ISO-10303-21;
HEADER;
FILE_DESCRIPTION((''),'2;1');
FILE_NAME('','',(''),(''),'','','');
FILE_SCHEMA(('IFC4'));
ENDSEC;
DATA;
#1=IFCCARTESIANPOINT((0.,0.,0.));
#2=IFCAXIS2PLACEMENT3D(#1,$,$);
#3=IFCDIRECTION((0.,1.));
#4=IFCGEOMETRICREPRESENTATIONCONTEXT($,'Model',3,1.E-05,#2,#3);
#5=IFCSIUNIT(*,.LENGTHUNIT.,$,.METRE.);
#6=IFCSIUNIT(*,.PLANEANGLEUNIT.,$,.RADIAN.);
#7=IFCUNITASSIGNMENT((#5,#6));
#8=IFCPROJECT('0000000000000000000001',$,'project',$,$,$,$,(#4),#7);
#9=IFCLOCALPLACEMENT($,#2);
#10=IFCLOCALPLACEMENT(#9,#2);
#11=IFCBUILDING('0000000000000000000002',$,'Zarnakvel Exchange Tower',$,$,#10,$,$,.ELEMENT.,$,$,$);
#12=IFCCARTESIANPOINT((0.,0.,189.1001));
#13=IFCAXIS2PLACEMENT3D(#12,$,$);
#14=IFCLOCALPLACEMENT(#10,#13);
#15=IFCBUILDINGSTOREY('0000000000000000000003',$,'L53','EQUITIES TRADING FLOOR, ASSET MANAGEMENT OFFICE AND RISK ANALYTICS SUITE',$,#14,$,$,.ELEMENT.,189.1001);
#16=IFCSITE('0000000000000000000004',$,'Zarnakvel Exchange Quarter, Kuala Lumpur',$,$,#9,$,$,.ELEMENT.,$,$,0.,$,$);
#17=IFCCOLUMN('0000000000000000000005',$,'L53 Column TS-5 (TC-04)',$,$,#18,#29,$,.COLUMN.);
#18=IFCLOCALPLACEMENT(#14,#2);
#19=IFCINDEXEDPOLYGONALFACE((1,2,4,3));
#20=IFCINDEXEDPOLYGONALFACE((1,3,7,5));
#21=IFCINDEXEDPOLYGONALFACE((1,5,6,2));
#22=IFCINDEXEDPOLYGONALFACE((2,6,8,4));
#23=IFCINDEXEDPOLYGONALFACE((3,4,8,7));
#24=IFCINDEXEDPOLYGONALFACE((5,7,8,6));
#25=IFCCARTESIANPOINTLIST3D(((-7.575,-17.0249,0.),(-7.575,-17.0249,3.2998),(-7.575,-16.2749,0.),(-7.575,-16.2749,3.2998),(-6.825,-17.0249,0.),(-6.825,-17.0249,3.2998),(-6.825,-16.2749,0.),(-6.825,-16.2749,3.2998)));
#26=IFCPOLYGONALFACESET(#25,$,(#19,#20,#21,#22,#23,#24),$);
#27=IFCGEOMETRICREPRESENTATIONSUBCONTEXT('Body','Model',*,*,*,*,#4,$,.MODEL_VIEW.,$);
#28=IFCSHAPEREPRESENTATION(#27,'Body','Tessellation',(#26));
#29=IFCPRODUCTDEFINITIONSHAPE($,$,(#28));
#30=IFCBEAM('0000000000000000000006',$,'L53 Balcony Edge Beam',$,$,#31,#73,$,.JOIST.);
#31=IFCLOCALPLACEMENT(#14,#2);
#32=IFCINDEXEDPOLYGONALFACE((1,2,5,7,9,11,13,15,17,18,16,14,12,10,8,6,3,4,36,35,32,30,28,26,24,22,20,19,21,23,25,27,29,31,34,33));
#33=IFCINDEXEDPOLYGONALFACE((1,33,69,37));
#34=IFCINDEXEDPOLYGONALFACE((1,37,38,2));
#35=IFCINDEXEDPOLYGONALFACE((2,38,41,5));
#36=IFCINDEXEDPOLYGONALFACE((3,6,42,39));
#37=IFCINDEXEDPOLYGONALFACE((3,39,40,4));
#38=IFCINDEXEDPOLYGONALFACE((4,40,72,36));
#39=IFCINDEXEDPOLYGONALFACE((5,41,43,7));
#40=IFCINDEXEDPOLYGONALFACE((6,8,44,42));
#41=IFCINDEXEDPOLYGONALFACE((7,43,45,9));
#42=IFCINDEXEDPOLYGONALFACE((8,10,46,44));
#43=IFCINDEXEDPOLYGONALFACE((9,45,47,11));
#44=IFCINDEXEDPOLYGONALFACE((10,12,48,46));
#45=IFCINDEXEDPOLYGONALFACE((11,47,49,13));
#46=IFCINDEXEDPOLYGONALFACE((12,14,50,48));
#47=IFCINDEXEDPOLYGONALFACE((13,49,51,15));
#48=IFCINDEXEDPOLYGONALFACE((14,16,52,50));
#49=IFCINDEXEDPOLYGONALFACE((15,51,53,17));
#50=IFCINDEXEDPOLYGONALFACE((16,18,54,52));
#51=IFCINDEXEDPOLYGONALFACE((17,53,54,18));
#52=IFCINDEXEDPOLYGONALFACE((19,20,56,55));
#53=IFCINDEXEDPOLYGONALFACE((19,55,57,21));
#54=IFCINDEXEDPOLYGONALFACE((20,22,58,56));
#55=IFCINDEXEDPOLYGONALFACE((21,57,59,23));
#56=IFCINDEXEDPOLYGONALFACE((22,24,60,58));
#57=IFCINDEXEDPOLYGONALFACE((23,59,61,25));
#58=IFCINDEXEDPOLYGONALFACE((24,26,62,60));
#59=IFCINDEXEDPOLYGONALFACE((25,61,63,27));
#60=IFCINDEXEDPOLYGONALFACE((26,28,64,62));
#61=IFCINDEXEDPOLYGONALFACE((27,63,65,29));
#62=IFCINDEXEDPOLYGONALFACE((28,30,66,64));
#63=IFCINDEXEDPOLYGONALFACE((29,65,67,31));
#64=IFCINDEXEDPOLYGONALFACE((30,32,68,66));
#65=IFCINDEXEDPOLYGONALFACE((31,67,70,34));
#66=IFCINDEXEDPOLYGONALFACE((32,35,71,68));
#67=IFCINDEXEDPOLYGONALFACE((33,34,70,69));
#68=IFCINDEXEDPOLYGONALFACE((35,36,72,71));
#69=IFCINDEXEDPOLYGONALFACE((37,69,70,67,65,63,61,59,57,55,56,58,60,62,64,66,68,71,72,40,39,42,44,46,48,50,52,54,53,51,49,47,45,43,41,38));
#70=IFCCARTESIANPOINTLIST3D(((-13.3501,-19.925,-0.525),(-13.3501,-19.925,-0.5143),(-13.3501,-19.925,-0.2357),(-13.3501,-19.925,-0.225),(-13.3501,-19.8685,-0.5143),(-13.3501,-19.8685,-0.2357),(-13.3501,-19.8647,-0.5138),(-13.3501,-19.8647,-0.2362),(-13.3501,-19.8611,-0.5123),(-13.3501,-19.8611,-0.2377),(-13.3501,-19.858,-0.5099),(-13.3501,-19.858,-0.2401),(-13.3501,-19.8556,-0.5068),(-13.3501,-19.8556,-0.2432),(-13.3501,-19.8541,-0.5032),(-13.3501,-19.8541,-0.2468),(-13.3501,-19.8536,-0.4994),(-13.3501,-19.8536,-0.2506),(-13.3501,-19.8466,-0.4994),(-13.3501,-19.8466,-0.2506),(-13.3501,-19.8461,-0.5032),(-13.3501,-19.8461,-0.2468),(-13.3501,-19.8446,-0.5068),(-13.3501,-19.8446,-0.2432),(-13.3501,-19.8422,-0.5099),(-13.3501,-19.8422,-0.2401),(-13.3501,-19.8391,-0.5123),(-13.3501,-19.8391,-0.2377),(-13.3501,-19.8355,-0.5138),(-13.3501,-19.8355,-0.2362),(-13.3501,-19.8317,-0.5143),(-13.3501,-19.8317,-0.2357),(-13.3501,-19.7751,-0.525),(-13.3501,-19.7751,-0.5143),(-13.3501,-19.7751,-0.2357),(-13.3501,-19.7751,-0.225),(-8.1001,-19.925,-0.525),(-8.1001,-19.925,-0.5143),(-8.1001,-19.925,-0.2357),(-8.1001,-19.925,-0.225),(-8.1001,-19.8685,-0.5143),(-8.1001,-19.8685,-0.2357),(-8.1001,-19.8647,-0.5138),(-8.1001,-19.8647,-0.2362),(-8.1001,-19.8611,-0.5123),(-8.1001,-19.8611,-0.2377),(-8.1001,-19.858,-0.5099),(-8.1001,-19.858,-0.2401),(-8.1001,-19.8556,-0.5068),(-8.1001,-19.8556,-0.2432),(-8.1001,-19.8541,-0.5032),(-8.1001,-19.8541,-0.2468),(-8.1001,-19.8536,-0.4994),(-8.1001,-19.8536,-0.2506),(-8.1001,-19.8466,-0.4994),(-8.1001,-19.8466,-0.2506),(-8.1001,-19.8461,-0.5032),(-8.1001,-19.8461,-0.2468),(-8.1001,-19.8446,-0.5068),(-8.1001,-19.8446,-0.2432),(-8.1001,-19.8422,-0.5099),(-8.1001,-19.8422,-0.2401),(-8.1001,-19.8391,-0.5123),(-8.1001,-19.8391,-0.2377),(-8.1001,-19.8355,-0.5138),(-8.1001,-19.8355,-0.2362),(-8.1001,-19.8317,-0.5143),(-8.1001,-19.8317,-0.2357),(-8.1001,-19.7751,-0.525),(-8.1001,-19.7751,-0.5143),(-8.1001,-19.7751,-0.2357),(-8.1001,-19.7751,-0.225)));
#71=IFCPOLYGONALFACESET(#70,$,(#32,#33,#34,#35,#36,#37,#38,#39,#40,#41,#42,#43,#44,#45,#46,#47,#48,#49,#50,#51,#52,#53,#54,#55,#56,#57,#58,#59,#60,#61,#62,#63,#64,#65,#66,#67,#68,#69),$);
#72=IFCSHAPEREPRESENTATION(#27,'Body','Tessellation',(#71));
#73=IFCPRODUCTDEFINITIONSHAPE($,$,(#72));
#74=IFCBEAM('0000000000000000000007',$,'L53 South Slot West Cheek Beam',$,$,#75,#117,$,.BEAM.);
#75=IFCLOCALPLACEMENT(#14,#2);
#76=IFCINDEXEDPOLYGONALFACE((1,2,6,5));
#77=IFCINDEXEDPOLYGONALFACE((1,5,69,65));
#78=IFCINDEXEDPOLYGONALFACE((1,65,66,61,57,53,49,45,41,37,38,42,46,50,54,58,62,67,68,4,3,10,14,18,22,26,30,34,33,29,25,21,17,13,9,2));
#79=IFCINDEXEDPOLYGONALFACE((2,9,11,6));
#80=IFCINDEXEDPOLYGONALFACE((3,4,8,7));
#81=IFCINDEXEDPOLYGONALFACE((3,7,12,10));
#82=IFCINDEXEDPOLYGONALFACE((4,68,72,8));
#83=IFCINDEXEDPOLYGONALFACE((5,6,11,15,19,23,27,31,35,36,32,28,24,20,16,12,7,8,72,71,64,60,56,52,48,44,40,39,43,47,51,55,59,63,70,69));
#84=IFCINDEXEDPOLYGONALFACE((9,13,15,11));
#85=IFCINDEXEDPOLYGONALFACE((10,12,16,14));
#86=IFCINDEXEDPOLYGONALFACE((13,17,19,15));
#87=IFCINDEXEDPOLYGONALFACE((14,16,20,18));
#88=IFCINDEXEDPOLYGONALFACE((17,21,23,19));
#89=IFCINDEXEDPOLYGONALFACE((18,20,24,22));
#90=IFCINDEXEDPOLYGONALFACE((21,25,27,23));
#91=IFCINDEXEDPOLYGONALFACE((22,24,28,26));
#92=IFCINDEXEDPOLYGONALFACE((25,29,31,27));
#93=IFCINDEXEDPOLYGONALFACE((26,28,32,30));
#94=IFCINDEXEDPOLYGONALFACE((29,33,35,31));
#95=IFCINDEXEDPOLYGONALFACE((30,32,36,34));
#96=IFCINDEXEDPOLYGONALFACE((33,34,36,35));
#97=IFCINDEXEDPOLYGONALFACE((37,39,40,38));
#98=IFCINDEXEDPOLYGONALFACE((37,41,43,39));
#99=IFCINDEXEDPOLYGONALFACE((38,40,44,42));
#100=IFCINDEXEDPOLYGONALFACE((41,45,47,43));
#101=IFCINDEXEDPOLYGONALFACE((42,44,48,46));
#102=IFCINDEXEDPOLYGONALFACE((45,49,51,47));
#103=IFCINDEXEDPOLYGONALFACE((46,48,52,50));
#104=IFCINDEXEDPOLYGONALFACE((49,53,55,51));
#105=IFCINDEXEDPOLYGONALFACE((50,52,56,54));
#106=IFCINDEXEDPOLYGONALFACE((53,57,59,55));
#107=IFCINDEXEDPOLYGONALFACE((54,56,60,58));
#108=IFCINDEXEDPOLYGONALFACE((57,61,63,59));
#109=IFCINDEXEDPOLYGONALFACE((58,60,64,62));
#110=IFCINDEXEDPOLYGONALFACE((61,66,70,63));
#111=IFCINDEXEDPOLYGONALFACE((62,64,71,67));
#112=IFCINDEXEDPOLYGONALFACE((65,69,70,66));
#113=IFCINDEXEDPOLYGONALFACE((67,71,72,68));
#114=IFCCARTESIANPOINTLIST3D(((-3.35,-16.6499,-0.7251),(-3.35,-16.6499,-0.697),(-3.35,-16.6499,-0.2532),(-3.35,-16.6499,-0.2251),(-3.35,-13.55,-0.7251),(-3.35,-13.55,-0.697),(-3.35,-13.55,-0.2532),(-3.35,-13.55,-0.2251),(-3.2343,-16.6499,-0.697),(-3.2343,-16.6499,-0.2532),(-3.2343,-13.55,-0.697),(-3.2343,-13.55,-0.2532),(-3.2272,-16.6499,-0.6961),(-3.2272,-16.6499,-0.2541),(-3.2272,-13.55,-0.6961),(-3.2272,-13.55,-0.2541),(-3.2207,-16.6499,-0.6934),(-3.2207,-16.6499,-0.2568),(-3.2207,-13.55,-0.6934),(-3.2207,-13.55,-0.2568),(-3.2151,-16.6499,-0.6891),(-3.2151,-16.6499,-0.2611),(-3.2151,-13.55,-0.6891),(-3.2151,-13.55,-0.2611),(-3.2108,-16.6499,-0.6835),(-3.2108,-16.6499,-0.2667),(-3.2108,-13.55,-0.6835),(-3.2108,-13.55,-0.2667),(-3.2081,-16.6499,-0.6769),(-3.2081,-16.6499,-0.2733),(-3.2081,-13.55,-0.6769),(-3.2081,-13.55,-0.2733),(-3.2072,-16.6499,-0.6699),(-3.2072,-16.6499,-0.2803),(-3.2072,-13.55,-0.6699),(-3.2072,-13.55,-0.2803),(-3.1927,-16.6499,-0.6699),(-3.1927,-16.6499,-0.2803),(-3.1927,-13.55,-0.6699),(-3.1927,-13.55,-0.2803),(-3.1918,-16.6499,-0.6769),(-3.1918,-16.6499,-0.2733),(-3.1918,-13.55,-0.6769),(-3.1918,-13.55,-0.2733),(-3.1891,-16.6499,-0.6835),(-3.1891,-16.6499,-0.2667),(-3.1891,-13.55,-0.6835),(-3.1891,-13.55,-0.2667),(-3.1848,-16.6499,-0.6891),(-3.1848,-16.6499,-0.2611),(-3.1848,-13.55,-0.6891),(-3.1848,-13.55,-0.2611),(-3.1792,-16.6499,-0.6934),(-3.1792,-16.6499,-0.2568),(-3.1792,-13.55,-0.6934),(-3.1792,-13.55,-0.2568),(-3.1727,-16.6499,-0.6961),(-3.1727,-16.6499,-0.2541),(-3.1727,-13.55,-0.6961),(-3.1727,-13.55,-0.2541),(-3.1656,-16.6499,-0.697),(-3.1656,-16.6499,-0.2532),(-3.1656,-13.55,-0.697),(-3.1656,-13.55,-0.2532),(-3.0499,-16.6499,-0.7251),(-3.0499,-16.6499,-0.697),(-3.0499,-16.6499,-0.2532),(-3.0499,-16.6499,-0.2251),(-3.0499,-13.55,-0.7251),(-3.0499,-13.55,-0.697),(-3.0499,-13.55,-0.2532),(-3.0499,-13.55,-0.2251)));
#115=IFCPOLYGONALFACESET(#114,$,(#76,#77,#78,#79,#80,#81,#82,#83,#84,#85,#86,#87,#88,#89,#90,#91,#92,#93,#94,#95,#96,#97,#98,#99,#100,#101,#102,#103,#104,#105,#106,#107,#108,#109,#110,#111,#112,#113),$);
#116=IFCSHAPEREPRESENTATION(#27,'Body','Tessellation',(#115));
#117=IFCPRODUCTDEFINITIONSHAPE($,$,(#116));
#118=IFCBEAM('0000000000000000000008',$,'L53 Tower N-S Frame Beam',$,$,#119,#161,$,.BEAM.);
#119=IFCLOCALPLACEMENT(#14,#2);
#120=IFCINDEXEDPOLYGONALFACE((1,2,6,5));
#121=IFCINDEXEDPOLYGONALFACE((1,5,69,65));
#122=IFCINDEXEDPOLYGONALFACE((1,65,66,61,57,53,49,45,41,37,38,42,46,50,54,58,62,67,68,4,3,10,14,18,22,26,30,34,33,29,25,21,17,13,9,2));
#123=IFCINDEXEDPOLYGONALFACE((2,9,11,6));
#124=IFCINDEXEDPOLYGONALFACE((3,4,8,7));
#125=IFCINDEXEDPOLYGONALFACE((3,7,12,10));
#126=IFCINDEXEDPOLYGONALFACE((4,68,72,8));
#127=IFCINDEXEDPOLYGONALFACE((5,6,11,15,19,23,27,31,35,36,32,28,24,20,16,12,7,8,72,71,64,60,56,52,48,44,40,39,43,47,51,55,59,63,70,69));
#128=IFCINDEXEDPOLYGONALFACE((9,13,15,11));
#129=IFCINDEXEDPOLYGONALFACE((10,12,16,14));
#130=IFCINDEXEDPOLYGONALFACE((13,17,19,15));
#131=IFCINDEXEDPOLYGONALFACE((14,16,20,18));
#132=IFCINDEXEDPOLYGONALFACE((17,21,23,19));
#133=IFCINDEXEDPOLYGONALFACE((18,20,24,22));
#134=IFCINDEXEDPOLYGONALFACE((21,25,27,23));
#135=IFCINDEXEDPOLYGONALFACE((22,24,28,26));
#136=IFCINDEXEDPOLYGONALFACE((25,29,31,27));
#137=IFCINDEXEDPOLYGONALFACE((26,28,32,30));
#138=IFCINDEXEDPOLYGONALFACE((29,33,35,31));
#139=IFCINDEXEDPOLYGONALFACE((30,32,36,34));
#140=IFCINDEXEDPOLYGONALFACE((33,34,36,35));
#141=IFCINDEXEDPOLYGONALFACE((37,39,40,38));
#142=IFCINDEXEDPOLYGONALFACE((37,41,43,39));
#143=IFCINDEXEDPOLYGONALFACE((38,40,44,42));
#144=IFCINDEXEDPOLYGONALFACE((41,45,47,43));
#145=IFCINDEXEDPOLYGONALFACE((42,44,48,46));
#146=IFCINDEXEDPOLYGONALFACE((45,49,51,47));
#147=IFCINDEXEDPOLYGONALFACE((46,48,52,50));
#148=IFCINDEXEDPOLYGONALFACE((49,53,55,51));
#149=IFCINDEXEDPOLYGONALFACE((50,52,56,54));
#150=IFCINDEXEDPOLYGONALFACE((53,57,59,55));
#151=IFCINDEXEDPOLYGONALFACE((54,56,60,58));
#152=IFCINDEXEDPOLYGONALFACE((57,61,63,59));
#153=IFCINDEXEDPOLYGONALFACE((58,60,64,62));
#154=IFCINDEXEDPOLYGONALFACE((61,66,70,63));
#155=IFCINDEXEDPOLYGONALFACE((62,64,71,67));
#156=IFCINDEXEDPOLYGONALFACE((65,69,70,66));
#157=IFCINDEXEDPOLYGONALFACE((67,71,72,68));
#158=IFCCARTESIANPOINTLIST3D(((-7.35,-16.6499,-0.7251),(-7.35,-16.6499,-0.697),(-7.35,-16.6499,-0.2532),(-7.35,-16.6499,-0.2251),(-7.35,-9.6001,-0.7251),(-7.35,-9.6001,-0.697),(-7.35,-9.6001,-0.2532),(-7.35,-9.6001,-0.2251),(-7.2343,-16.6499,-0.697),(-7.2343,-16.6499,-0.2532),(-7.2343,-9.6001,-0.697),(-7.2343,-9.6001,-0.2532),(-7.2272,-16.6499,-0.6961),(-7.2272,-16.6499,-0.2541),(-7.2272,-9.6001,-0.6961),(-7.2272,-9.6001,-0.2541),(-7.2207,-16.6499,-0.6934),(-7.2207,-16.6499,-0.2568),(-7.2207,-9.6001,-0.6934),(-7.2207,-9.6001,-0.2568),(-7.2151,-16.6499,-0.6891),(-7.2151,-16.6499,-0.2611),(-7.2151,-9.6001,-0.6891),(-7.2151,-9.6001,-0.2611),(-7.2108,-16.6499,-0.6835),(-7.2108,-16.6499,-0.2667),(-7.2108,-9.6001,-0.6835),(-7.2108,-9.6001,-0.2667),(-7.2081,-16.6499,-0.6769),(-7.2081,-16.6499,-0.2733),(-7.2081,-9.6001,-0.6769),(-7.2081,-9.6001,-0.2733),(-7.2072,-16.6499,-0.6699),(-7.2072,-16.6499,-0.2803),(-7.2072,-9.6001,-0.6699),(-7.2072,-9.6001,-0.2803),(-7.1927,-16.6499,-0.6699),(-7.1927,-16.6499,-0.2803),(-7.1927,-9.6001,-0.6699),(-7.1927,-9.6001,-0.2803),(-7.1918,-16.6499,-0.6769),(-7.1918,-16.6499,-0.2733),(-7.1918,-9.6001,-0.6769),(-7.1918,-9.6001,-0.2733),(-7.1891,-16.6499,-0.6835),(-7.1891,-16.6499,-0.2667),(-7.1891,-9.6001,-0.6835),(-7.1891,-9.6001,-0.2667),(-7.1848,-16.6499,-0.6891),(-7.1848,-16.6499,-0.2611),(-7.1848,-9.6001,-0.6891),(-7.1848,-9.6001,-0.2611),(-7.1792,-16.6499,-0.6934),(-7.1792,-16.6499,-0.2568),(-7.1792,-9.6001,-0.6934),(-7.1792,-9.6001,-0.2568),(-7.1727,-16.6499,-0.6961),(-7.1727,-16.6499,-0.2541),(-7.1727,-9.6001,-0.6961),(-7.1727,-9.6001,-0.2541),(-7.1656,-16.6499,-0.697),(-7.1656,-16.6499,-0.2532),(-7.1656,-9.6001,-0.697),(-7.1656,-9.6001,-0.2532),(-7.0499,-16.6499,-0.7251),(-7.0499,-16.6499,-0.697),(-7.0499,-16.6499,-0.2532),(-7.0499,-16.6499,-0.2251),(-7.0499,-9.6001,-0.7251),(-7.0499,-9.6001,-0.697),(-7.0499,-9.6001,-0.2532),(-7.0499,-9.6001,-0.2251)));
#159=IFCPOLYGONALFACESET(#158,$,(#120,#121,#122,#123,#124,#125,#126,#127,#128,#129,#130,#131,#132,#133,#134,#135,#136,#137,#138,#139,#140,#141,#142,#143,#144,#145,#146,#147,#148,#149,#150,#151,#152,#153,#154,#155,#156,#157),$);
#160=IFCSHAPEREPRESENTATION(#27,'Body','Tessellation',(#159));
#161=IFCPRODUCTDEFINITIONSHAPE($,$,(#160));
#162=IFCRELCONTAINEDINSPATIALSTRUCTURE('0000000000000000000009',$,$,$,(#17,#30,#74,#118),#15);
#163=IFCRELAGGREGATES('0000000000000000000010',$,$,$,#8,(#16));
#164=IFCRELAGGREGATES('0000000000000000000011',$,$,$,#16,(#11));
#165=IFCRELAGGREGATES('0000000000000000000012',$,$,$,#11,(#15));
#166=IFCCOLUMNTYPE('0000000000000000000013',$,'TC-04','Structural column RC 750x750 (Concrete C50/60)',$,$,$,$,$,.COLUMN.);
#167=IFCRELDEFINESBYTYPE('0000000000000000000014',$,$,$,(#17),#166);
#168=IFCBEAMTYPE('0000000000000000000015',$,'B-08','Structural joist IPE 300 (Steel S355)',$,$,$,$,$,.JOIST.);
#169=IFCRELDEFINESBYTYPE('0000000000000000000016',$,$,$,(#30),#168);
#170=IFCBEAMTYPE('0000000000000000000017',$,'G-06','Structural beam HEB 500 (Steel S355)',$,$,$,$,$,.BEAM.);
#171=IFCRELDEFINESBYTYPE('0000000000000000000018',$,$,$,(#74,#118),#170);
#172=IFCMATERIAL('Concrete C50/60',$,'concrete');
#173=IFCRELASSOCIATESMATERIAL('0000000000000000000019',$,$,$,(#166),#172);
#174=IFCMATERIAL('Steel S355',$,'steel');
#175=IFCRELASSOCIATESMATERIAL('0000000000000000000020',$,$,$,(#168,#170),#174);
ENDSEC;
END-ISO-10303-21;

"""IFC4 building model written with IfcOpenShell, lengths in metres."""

from ifc_helpers import new_model, si_unit, direction, frame, origin, origin_2d, place, context, subcontext, project, spatial, rectangle, i_section, extrude, material, material_profile, profile_set, type_object, element, save


model = new_model("IFC4")

# Units and contexts
model_context = context("Model", 3, precision=1e-05, world=origin(), true_north=direction((0.0, 1.0)))
body_context = subcontext(model_context, "Body", "Model", "MODEL_VIEW")
ifc_project = project(units=[si_unit("LENGTHUNIT", "METRE"), si_unit("PLANEANGLEUNIT", "RADIAN")], contexts=[model_context])

# Site, building, storey
site_placement = place(None, origin())
site = spatial("IfcSite", under=ifc_project, at=site_placement, Name="Zarnakvel Exchange Quarter, Kuala Lumpur", CompositionType="ELEMENT", RefElevation=0.0)
building_placement = place(site_placement, origin())
building = spatial("IfcBuilding", under=site, at=building_placement, Name="Zarnakvel Exchange Tower", CompositionType="ELEMENT")
storey_placement = place(building_placement, frame((0.0, 0.0, 189.1001)))
storey = spatial("IfcBuildingStorey", under=building, at=storey_placement, Name="L53", Description="EQUITIES TRADING FLOOR, ASSET MANAGEMENT OFFICE AND RISK ANALYTICS SUITE", CompositionType="ELEMENT", Elevation=189.1001)

# Column
ifc_material_1 = material(Name="Concrete C50/60", Category="concrete")
ifc_material_profile_1 = material_profile(ifc_material_1, rectangle(XDim=0.75, YDim=0.75, at=origin_2d()))
ifc_profile_set_1 = profile_set([ifc_material_profile_1], Name="Concrete C50/60")
column_type = type_object("IfcColumnType", Name="TC-04", Description="Structural column RC 750x750 (Concrete C50/60)", PredefinedType="COLUMN", material=ifc_profile_set_1)
column_placement = place(storey_placement, frame((-7.2, -16.6499, 0.0), z_axis=(0.0, 0.0, 1.0), x_axis=(1.0, 0.0, 0.0)))
element("IfcColumn", 1, at=column_placement, inside=storey, type_object=column_type, Name="L53 Column TS-5 (TC-04)", PredefinedType="COLUMN", context=body_context, shape_type="SweptSolid", body=[
    extrude(rectangle(XDim=0.75, YDim=0.75, at=origin_2d()), origin(), (0.0, 0.0, 1.0), 3.2998),
])

# Beams
ifc_material_2 = material(Name="Steel S355", Category="steel")
ifc_material_profile_2 = material_profile(ifc_material_2, i_section(OverallWidth=0.1499, OverallDepth=0.3, WebThickness=0.0071, FlangeThickness=0.0107, FilletRadius=0.0149, at=origin_2d()))
ifc_profile_set_2 = profile_set([ifc_material_profile_2], Name="Steel S355")
beam_type_1 = type_object("IfcBeamType", Name="B-08", Description="Structural joist IPE 300 (Steel S355)", PredefinedType="JOIST", material=ifc_profile_set_2)
beam_1_placement = place(storey_placement, frame((-13.3501, -19.8501, -0.375), z_axis=(1.0, 0.0, 0.0), x_axis=(0.0, 1.0, 0.0)))
element("IfcBeam", 2, at=beam_1_placement, inside=storey, type_object=beam_type_1, Name="L53 Balcony Edge Beam", PredefinedType="JOIST", context=body_context, shape_type="SweptSolid", body=[
    extrude(i_section(OverallWidth=0.1499, OverallDepth=0.3, WebThickness=0.0071, FlangeThickness=0.0107, FilletRadius=0.0149, at=origin_2d()), origin(), (0.0, 0.0, 1.0), 5.25),
])
ifc_material_profile_3 = material_profile(ifc_material_2, i_section(OverallWidth=0.3, OverallDepth=0.5, WebThickness=0.0144, FlangeThickness=0.0281, FilletRadius=0.0271, at=origin_2d()))
ifc_profile_set_3 = profile_set([ifc_material_profile_3], Name="Steel S355")
beam_type_2 = type_object("IfcBeamType", Name="G-06", Description="Structural beam HEB 500 (Steel S355)", PredefinedType="BEAM", material=ifc_profile_set_3)
beam_2_placement = place(storey_placement, frame((-3.2, -16.6499, -0.4751), z_axis=(0.0, 1.0, 0.0), x_axis=(-1.0, 0.0, 0.0)))
element("IfcBeam", 3, at=beam_2_placement, inside=storey, type_object=beam_type_2, Name="L53 South Slot West Cheek Beam", PredefinedType="BEAM", context=body_context, shape_type="SweptSolid", body=[
    extrude(i_section(OverallWidth=0.3, OverallDepth=0.5, WebThickness=0.0144, FlangeThickness=0.0281, FilletRadius=0.0271, at=origin_2d()), origin(), (0.0, 0.0, 1.0), 3.0999),
])
beam_3_placement = place(storey_placement, frame((-7.2, -16.6499, -0.4751), z_axis=(0.0, 1.0, 0.0), x_axis=(-1.0, 0.0, 0.0)))
element("IfcBeam", 4, at=beam_3_placement, inside=storey, type_object=beam_type_2, Name="L53 Tower N-S Frame Beam", PredefinedType="BEAM", context=body_context, shape_type="SweptSolid", body=[
    extrude(i_section(OverallWidth=0.3, OverallDepth=0.5, WebThickness=0.0144, FlangeThickness=0.0281, FilletRadius=0.0271, at=origin_2d()), origin(), (0.0, 0.0, 1.0), 7.0498),
])

save(model, "model.ifc")
